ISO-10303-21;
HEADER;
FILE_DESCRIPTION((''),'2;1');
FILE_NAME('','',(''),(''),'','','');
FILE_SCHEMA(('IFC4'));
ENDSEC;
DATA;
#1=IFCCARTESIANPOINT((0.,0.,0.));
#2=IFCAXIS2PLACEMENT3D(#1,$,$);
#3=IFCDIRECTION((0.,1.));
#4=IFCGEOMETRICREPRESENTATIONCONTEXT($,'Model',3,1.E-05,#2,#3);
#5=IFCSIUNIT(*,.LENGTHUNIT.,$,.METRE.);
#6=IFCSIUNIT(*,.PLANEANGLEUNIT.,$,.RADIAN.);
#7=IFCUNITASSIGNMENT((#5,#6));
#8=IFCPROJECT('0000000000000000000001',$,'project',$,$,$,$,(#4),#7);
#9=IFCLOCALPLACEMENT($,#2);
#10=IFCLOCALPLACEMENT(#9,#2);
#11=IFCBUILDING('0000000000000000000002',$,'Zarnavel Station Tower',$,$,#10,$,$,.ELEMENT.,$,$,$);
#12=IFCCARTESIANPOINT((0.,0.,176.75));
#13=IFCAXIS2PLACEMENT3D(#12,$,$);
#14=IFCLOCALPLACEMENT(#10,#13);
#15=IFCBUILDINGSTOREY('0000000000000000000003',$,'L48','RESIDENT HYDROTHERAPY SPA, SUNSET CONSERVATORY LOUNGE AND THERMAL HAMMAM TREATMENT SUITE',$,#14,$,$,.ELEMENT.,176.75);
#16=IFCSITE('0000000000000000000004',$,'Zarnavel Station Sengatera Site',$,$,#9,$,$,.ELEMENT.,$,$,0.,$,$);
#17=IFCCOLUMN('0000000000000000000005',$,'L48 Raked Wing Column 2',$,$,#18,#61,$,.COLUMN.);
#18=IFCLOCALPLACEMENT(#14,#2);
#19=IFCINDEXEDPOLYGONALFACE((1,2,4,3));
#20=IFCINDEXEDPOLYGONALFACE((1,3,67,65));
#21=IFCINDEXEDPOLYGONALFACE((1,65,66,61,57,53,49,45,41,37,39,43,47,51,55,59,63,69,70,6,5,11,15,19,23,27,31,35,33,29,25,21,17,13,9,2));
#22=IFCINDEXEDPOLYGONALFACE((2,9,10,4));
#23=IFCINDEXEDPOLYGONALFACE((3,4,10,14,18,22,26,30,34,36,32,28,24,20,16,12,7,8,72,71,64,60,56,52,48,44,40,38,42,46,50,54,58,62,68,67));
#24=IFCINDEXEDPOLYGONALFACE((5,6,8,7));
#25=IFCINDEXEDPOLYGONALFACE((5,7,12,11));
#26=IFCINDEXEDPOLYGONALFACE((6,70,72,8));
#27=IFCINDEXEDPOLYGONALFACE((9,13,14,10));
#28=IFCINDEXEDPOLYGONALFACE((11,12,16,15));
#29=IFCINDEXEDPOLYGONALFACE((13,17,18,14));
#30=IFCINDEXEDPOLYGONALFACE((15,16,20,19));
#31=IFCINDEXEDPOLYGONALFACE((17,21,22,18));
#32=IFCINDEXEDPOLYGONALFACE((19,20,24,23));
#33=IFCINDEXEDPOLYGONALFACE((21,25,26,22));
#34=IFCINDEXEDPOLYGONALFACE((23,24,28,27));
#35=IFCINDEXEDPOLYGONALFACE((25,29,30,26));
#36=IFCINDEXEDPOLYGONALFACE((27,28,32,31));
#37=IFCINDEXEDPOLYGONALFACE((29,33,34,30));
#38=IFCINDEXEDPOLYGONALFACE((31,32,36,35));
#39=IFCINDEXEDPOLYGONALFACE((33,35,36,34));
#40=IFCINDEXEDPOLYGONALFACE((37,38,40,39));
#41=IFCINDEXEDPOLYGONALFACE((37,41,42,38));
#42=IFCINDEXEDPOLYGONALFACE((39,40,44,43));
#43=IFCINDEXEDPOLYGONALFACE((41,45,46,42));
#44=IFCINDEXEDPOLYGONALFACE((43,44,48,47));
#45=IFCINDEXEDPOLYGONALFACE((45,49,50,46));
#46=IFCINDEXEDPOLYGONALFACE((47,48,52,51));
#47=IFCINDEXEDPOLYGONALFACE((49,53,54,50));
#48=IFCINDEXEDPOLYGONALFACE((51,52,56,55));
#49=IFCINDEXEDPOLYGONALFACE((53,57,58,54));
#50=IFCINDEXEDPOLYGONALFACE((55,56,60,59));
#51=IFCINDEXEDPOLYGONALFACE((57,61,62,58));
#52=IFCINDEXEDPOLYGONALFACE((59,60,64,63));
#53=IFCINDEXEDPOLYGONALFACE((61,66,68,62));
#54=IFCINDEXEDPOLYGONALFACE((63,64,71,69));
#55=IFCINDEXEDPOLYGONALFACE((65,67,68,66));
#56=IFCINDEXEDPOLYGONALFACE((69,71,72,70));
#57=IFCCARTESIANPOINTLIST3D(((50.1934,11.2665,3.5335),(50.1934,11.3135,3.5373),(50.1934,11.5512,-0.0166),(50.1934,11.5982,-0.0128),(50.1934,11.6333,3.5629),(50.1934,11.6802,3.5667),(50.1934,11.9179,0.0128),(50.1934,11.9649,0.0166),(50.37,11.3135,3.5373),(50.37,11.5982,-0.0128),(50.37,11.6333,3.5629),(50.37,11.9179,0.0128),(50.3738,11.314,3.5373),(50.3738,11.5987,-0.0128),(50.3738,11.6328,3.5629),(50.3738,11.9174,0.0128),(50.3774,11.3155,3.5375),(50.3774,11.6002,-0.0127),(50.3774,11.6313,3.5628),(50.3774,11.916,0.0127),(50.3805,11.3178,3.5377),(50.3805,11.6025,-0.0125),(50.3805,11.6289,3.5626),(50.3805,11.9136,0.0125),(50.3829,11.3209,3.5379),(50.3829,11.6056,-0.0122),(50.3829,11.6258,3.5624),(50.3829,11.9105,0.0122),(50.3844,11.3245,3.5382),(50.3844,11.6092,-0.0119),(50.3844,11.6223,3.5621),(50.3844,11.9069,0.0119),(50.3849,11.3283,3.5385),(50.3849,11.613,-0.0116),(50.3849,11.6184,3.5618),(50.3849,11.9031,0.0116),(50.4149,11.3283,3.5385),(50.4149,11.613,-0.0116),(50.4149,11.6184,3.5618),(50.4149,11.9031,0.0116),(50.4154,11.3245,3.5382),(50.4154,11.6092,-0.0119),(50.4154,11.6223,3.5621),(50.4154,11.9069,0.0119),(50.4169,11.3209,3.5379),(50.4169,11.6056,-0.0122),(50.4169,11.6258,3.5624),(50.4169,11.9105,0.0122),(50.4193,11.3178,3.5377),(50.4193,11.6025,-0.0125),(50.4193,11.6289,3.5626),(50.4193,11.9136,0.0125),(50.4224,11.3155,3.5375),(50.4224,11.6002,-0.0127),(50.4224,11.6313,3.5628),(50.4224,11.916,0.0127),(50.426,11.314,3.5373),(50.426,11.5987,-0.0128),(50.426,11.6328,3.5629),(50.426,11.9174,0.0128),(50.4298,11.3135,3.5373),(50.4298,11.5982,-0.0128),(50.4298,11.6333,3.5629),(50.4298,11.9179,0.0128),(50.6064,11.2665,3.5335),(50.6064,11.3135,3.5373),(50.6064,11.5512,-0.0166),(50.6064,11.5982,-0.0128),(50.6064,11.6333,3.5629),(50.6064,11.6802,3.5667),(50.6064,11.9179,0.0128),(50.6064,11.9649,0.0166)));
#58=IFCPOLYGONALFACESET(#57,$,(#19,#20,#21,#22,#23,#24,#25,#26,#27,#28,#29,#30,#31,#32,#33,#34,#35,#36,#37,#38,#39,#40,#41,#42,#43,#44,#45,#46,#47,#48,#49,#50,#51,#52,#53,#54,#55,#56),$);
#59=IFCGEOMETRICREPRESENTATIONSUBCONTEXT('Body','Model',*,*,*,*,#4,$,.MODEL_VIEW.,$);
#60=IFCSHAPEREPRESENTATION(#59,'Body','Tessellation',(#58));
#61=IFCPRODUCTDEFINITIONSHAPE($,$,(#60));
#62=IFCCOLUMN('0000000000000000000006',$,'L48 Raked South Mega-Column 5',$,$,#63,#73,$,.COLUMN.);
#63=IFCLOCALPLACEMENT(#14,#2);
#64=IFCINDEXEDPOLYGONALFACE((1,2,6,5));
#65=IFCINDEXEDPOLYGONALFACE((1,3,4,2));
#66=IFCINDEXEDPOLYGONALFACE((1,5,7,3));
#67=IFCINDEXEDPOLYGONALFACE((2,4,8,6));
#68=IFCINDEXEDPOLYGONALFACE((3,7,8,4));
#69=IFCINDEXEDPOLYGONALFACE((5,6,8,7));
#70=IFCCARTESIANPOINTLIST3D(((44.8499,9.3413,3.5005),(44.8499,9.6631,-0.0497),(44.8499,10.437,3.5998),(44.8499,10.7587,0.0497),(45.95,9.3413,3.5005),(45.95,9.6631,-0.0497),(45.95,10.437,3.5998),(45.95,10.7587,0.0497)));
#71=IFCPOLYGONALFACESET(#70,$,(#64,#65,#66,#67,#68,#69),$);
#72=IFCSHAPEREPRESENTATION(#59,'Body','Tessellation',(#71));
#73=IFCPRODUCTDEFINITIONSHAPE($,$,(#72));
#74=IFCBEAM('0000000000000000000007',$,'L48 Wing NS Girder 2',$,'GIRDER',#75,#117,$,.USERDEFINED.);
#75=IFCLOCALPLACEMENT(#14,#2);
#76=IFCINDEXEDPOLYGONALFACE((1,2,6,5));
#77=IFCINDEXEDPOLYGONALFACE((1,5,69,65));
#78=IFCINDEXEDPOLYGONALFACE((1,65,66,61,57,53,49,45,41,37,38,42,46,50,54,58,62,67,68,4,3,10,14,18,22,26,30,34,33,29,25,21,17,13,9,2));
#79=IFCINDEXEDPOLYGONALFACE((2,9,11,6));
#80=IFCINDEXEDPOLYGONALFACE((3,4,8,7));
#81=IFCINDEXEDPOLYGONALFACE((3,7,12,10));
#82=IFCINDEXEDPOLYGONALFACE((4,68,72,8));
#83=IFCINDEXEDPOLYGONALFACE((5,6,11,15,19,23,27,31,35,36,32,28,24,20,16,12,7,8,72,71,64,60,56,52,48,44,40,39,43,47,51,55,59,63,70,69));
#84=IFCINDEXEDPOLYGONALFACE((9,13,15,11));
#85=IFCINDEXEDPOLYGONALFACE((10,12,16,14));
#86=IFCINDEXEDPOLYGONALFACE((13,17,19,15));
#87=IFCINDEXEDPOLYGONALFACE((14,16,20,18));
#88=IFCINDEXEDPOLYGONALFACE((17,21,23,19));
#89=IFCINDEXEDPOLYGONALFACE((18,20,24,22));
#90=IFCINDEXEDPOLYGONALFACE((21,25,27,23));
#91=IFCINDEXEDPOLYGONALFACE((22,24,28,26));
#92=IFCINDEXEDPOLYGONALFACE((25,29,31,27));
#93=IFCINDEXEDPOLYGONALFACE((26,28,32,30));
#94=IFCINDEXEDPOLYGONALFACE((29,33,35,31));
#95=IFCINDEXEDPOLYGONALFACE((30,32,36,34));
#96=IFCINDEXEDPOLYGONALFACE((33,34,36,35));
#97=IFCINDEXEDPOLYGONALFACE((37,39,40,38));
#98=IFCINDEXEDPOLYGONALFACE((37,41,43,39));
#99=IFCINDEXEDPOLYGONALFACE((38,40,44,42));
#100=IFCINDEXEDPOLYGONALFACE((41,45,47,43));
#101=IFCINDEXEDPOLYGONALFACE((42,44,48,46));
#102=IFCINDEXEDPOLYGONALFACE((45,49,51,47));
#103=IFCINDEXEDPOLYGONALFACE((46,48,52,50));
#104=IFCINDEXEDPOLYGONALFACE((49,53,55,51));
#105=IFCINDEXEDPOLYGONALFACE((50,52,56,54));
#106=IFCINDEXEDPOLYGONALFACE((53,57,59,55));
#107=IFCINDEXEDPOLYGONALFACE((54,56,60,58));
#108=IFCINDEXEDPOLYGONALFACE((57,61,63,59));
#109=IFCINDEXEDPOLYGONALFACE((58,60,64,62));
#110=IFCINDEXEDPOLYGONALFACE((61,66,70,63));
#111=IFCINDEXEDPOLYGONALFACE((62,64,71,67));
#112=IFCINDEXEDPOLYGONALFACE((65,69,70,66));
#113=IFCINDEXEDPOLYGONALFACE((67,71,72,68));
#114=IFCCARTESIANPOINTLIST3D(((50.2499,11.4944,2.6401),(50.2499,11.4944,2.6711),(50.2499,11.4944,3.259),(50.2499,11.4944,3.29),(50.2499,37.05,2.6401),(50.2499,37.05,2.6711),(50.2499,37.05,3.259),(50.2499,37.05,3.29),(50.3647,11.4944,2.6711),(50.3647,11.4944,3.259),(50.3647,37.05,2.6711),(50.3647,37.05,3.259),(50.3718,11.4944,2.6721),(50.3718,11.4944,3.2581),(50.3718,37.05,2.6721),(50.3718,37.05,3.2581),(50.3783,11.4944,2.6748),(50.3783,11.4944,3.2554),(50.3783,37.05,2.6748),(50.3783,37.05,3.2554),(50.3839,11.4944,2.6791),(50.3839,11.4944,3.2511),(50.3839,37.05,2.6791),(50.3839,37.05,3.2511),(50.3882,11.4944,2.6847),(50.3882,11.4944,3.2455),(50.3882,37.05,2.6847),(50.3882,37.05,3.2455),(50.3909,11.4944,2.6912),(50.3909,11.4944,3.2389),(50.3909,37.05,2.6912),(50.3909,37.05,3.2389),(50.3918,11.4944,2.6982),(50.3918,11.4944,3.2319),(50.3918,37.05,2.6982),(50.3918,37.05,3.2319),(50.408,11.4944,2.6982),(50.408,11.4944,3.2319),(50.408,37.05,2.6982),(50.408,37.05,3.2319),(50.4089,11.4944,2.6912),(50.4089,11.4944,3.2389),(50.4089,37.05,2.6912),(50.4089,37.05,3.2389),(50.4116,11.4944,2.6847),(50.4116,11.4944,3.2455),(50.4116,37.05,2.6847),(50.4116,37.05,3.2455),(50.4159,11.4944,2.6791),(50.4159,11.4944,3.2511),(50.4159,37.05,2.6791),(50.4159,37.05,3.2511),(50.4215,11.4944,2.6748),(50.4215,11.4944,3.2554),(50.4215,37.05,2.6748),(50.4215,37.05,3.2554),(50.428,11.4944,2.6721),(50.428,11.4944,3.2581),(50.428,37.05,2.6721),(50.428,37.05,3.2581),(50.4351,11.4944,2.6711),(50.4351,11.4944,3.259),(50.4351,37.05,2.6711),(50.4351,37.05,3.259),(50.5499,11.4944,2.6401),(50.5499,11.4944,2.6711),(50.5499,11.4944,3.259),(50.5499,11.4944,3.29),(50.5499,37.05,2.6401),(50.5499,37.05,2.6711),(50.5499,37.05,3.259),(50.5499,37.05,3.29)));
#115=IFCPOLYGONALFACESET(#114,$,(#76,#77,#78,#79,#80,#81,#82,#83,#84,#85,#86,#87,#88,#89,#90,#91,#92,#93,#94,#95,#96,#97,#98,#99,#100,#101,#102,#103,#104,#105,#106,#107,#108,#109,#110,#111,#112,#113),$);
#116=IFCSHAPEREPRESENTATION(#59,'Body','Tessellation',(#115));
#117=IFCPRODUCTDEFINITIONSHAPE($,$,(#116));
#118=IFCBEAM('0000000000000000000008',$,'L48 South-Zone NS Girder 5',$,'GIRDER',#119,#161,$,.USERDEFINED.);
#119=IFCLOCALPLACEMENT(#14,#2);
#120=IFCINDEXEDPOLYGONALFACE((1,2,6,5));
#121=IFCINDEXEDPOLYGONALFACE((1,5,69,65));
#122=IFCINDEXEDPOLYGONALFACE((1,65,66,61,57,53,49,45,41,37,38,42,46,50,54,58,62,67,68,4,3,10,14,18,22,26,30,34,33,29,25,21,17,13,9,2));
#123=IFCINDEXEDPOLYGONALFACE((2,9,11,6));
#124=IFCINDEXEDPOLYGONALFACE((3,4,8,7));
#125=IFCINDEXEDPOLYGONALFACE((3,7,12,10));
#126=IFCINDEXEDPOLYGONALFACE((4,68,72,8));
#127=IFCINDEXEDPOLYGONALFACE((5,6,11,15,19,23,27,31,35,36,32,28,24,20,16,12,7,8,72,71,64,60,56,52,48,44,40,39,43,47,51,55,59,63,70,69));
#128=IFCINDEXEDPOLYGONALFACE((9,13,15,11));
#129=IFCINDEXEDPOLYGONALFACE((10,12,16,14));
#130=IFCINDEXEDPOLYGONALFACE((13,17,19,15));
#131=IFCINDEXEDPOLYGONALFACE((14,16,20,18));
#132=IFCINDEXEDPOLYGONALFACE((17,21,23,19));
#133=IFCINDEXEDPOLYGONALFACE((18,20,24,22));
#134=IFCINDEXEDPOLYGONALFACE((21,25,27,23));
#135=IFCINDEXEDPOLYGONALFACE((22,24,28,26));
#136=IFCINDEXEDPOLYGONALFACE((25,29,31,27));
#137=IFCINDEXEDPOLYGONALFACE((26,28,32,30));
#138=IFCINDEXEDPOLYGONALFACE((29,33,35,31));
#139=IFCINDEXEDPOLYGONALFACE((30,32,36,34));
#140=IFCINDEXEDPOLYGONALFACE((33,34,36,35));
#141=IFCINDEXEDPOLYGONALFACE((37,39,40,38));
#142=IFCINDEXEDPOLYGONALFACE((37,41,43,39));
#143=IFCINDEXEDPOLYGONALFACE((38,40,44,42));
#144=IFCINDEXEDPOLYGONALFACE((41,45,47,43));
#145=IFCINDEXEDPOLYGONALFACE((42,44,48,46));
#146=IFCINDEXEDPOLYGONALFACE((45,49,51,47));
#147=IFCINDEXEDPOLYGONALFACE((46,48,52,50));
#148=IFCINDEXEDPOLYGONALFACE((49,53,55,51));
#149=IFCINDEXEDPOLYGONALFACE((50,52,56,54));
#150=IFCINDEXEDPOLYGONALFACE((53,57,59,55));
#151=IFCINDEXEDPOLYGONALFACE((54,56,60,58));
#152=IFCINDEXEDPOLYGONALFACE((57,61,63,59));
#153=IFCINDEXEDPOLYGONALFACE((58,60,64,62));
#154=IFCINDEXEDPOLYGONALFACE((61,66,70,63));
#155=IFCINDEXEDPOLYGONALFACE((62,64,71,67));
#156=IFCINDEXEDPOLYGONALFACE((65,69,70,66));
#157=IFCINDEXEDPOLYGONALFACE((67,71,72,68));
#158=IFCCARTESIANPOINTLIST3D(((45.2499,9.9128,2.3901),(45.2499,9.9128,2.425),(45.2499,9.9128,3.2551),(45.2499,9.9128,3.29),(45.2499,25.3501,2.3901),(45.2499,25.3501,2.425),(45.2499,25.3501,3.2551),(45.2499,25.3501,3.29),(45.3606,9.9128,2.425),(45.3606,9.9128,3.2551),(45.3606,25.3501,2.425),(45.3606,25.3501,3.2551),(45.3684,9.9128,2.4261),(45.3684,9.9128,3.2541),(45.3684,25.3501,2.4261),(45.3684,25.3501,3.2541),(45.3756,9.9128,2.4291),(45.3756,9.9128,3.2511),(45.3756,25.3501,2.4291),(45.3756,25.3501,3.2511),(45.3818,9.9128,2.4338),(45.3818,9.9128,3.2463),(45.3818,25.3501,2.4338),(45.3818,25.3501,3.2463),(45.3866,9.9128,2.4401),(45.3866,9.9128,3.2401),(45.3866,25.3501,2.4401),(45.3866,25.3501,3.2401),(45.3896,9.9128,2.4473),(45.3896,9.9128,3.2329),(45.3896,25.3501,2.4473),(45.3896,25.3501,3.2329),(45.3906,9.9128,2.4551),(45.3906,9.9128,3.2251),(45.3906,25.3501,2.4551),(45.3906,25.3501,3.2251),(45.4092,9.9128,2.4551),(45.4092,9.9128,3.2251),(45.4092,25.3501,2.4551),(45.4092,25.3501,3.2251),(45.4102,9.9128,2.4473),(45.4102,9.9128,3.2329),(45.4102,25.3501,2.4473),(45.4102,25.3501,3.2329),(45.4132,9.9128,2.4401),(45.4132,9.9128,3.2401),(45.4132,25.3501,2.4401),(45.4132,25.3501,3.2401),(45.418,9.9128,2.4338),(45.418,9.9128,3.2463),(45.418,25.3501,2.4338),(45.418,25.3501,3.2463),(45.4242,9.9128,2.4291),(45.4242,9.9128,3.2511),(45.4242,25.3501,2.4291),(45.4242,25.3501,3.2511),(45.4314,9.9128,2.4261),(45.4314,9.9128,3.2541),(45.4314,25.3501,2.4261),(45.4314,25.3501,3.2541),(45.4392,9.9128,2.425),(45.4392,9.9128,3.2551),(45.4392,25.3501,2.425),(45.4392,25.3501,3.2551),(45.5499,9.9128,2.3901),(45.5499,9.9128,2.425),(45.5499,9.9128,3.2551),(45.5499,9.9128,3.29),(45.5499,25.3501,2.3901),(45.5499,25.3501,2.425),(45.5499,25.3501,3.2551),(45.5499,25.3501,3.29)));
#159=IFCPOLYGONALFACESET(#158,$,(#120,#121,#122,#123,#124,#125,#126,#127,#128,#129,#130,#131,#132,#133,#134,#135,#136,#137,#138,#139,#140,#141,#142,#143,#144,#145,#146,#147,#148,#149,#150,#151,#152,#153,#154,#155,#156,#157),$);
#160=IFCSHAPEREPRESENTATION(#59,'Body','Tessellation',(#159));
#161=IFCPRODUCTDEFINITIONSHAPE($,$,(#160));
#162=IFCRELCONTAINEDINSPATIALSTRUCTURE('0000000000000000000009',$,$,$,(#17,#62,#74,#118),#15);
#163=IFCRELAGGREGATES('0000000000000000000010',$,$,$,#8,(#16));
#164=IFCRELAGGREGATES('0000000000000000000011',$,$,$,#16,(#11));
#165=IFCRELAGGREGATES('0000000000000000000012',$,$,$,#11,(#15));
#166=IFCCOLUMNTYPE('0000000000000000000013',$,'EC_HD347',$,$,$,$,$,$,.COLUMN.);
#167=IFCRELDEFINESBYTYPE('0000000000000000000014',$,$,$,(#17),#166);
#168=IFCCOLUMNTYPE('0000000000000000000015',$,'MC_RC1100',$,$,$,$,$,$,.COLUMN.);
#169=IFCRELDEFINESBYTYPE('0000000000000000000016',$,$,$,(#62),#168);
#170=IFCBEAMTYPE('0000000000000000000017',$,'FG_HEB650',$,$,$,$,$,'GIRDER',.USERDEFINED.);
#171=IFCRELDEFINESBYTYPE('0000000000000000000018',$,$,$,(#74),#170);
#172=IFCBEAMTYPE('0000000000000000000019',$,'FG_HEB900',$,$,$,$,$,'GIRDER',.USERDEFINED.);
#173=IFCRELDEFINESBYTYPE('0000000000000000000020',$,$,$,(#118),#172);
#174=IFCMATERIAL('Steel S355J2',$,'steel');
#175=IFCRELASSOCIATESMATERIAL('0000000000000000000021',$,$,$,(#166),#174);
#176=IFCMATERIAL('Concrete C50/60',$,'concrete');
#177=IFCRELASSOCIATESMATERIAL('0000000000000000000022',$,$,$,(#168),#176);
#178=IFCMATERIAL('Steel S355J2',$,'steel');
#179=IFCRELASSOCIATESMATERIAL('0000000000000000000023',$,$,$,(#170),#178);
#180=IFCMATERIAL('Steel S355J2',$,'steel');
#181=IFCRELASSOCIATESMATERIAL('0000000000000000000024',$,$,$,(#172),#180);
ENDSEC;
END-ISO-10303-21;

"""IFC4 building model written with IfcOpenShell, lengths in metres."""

from ifc_helpers import new_model, si_unit, direction, frame, origin, origin_2d, place, context, subcontext, project, spatial, rectangle, i_section, extrude, material, material_profile, profile_set, type_object, element, save


model = new_model("IFC4")

# Units and contexts
model_context = context("Model", 3, precision=1e-05, world=origin(), true_north=direction((0.0, 1.0)))
body_context = subcontext(model_context, "Body", "Model", "MODEL_VIEW")
ifc_project = project(units=[si_unit("LENGTHUNIT", "METRE"), si_unit("PLANEANGLEUNIT", "RADIAN")], contexts=[model_context])

# Site, building, storey
site_placement = place(None, origin())
site = spatial("IfcSite", under=ifc_project, at=site_placement, Name="Zarnavel Station Sengatera Site", CompositionType="ELEMENT", RefElevation=0.0)
building_placement = place(site_placement, origin())
building = spatial("IfcBuilding", under=site, at=building_placement, Name="Zarnavel Station Tower", CompositionType="ELEMENT")
storey_placement = place(building_placement, frame((0.0, 0.0, 176.75)))
storey = spatial("IfcBuildingStorey", under=building, at=storey_placement, Name="L48", Description="RESIDENT HYDROTHERAPY SPA, SUNSET CONSERVATORY LOUNGE AND THERMAL HAMMAM TREATMENT SUITE", CompositionType="ELEMENT", Elevation=176.75)

# Columns
ifc_material_1 = material(Name="Steel S355J2", Category="steel")
ifc_material_profile_1 = material_profile(ifc_material_1, i_section(OverallWidth=0.4131, OverallDepth=0.415, WebThickness=0.03, FlangeThickness=0.0471, FilletRadius=0.0149, at=origin_2d()), Name="HD400x347")
ifc_profile_set_1 = profile_set([ifc_material_profile_1], Name="Steel S355J2")
column_type_1 = type_object("IfcColumnType", Name="EC_HD347", PredefinedType="COLUMN", material=ifc_profile_set_1)
column_1_placement = place(storey_placement, frame((50.3999, 11.7581, 0.0), z_axis=(0.0, -0.07993, 0.9968), x_axis=(1.0, 0.0, 0.0)))
element("IfcColumn", 1, at=column_1_placement, inside=storey, type_object=column_type_1, Name="L48 Raked Wing Column 2", PredefinedType="COLUMN", context=body_context, shape_type="SweptSolid", body=[
    extrude(i_section(OverallWidth=0.4131, OverallDepth=0.415, WebThickness=0.03, FlangeThickness=0.0471, FilletRadius=0.0149, at=origin_2d()), origin(), (0.0, 0.0, 1.0), 3.5615),
])
ifc_material_2 = material(Name="Concrete C50/60", Category="concrete")
ifc_material_profile_2 = material_profile(ifc_material_2, rectangle(XDim=1.1001, YDim=1.1001, at=origin_2d()), Name="RC1100x1100")
ifc_profile_set_2 = profile_set([ifc_material_profile_2], Name="Concrete C50/60")
column_type_2 = type_object("IfcColumnType", Name="MC_RC1100", PredefinedType="COLUMN", material=ifc_profile_set_2)
column_2_placement = place(storey_placement, frame((45.3999, 10.2109, 0.0), z_axis=(0.0, -0.09027, 0.995917), x_axis=(1.0, 0.0, 0.0)))
element("IfcColumn", 2, at=column_2_placement, inside=storey, type_object=column_type_2, Name="L48 Raked South Mega-Column 5", PredefinedType="COLUMN", context=body_context, shape_type="SweptSolid", body=[
    extrude(rectangle(XDim=1.1001, YDim=1.1001, at=origin_2d()), origin(), (0.0, 0.0, 1.0), 3.5647),
])

# Beams
ifc_material_3 = material(Name="Steel S355J2", Category="steel")
ifc_material_profile_3 = material_profile(ifc_material_3, i_section(OverallWidth=0.3, OverallDepth=0.6499, WebThickness=0.0161, FlangeThickness=0.031, FilletRadius=0.0271, at=origin_2d()), Name="HEB650")
ifc_profile_set_3 = profile_set([ifc_material_profile_3], Name="Steel S355J2")
beam_type_1 = type_object("IfcBeamType", Name="FG_HEB650", ElementType="GIRDER", PredefinedType="USERDEFINED", material=ifc_profile_set_3)
beam_1_placement = place(storey_placement, frame((50.3999, 11.4944, 2.9651), z_axis=(0.0, 1.0, 0.0), x_axis=(-1.0, 0.0, 0.0)))
element("IfcBeam", 3, at=beam_1_placement, inside=storey, type_object=beam_type_1, Name="L48 Wing NS Girder 2", ObjectType="GIRDER", PredefinedType="USERDEFINED", context=body_context, shape_type="SweptSolid", body=[
    extrude(i_section(OverallWidth=0.3, OverallDepth=0.6499, WebThickness=0.0161, FlangeThickness=0.031, FilletRadius=0.0271, at=origin_2d()), origin(), (0.0, 0.0, 1.0), 25.5557),
])
ifc_material_4 = material(Name="Steel S355J2", Category="steel")
ifc_material_profile_4 = material_profile(ifc_material_4, i_section(OverallWidth=0.3, OverallDepth=0.8999, WebThickness=0.0186, FlangeThickness=0.0349, FilletRadius=0.03, at=origin_2d()), Name="HEB900")
ifc_profile_set_4 = profile_set([ifc_material_profile_4], Name="Steel S355J2")
beam_type_2 = type_object("IfcBeamType", Name="FG_HEB900", ElementType="GIRDER", PredefinedType="USERDEFINED", material=ifc_profile_set_4)
beam_2_placement = place(storey_placement, frame((45.3999, 9.9128, 2.8401), z_axis=(0.0, 1.0, 0.0), x_axis=(-1.0, 0.0, 0.0)))
element("IfcBeam", 4, at=beam_2_placement, inside=storey, type_object=beam_type_2, Name="L48 South-Zone NS Girder 5", ObjectType="GIRDER", PredefinedType="USERDEFINED", context=body_context, shape_type="SweptSolid", body=[
    extrude(i_section(OverallWidth=0.3, OverallDepth=0.8999, WebThickness=0.0186, FlangeThickness=0.0349, FilletRadius=0.03, at=origin_2d()), origin(), (0.0, 0.0, 1.0), 15.4373),
])

save(model, "model.ifc")
